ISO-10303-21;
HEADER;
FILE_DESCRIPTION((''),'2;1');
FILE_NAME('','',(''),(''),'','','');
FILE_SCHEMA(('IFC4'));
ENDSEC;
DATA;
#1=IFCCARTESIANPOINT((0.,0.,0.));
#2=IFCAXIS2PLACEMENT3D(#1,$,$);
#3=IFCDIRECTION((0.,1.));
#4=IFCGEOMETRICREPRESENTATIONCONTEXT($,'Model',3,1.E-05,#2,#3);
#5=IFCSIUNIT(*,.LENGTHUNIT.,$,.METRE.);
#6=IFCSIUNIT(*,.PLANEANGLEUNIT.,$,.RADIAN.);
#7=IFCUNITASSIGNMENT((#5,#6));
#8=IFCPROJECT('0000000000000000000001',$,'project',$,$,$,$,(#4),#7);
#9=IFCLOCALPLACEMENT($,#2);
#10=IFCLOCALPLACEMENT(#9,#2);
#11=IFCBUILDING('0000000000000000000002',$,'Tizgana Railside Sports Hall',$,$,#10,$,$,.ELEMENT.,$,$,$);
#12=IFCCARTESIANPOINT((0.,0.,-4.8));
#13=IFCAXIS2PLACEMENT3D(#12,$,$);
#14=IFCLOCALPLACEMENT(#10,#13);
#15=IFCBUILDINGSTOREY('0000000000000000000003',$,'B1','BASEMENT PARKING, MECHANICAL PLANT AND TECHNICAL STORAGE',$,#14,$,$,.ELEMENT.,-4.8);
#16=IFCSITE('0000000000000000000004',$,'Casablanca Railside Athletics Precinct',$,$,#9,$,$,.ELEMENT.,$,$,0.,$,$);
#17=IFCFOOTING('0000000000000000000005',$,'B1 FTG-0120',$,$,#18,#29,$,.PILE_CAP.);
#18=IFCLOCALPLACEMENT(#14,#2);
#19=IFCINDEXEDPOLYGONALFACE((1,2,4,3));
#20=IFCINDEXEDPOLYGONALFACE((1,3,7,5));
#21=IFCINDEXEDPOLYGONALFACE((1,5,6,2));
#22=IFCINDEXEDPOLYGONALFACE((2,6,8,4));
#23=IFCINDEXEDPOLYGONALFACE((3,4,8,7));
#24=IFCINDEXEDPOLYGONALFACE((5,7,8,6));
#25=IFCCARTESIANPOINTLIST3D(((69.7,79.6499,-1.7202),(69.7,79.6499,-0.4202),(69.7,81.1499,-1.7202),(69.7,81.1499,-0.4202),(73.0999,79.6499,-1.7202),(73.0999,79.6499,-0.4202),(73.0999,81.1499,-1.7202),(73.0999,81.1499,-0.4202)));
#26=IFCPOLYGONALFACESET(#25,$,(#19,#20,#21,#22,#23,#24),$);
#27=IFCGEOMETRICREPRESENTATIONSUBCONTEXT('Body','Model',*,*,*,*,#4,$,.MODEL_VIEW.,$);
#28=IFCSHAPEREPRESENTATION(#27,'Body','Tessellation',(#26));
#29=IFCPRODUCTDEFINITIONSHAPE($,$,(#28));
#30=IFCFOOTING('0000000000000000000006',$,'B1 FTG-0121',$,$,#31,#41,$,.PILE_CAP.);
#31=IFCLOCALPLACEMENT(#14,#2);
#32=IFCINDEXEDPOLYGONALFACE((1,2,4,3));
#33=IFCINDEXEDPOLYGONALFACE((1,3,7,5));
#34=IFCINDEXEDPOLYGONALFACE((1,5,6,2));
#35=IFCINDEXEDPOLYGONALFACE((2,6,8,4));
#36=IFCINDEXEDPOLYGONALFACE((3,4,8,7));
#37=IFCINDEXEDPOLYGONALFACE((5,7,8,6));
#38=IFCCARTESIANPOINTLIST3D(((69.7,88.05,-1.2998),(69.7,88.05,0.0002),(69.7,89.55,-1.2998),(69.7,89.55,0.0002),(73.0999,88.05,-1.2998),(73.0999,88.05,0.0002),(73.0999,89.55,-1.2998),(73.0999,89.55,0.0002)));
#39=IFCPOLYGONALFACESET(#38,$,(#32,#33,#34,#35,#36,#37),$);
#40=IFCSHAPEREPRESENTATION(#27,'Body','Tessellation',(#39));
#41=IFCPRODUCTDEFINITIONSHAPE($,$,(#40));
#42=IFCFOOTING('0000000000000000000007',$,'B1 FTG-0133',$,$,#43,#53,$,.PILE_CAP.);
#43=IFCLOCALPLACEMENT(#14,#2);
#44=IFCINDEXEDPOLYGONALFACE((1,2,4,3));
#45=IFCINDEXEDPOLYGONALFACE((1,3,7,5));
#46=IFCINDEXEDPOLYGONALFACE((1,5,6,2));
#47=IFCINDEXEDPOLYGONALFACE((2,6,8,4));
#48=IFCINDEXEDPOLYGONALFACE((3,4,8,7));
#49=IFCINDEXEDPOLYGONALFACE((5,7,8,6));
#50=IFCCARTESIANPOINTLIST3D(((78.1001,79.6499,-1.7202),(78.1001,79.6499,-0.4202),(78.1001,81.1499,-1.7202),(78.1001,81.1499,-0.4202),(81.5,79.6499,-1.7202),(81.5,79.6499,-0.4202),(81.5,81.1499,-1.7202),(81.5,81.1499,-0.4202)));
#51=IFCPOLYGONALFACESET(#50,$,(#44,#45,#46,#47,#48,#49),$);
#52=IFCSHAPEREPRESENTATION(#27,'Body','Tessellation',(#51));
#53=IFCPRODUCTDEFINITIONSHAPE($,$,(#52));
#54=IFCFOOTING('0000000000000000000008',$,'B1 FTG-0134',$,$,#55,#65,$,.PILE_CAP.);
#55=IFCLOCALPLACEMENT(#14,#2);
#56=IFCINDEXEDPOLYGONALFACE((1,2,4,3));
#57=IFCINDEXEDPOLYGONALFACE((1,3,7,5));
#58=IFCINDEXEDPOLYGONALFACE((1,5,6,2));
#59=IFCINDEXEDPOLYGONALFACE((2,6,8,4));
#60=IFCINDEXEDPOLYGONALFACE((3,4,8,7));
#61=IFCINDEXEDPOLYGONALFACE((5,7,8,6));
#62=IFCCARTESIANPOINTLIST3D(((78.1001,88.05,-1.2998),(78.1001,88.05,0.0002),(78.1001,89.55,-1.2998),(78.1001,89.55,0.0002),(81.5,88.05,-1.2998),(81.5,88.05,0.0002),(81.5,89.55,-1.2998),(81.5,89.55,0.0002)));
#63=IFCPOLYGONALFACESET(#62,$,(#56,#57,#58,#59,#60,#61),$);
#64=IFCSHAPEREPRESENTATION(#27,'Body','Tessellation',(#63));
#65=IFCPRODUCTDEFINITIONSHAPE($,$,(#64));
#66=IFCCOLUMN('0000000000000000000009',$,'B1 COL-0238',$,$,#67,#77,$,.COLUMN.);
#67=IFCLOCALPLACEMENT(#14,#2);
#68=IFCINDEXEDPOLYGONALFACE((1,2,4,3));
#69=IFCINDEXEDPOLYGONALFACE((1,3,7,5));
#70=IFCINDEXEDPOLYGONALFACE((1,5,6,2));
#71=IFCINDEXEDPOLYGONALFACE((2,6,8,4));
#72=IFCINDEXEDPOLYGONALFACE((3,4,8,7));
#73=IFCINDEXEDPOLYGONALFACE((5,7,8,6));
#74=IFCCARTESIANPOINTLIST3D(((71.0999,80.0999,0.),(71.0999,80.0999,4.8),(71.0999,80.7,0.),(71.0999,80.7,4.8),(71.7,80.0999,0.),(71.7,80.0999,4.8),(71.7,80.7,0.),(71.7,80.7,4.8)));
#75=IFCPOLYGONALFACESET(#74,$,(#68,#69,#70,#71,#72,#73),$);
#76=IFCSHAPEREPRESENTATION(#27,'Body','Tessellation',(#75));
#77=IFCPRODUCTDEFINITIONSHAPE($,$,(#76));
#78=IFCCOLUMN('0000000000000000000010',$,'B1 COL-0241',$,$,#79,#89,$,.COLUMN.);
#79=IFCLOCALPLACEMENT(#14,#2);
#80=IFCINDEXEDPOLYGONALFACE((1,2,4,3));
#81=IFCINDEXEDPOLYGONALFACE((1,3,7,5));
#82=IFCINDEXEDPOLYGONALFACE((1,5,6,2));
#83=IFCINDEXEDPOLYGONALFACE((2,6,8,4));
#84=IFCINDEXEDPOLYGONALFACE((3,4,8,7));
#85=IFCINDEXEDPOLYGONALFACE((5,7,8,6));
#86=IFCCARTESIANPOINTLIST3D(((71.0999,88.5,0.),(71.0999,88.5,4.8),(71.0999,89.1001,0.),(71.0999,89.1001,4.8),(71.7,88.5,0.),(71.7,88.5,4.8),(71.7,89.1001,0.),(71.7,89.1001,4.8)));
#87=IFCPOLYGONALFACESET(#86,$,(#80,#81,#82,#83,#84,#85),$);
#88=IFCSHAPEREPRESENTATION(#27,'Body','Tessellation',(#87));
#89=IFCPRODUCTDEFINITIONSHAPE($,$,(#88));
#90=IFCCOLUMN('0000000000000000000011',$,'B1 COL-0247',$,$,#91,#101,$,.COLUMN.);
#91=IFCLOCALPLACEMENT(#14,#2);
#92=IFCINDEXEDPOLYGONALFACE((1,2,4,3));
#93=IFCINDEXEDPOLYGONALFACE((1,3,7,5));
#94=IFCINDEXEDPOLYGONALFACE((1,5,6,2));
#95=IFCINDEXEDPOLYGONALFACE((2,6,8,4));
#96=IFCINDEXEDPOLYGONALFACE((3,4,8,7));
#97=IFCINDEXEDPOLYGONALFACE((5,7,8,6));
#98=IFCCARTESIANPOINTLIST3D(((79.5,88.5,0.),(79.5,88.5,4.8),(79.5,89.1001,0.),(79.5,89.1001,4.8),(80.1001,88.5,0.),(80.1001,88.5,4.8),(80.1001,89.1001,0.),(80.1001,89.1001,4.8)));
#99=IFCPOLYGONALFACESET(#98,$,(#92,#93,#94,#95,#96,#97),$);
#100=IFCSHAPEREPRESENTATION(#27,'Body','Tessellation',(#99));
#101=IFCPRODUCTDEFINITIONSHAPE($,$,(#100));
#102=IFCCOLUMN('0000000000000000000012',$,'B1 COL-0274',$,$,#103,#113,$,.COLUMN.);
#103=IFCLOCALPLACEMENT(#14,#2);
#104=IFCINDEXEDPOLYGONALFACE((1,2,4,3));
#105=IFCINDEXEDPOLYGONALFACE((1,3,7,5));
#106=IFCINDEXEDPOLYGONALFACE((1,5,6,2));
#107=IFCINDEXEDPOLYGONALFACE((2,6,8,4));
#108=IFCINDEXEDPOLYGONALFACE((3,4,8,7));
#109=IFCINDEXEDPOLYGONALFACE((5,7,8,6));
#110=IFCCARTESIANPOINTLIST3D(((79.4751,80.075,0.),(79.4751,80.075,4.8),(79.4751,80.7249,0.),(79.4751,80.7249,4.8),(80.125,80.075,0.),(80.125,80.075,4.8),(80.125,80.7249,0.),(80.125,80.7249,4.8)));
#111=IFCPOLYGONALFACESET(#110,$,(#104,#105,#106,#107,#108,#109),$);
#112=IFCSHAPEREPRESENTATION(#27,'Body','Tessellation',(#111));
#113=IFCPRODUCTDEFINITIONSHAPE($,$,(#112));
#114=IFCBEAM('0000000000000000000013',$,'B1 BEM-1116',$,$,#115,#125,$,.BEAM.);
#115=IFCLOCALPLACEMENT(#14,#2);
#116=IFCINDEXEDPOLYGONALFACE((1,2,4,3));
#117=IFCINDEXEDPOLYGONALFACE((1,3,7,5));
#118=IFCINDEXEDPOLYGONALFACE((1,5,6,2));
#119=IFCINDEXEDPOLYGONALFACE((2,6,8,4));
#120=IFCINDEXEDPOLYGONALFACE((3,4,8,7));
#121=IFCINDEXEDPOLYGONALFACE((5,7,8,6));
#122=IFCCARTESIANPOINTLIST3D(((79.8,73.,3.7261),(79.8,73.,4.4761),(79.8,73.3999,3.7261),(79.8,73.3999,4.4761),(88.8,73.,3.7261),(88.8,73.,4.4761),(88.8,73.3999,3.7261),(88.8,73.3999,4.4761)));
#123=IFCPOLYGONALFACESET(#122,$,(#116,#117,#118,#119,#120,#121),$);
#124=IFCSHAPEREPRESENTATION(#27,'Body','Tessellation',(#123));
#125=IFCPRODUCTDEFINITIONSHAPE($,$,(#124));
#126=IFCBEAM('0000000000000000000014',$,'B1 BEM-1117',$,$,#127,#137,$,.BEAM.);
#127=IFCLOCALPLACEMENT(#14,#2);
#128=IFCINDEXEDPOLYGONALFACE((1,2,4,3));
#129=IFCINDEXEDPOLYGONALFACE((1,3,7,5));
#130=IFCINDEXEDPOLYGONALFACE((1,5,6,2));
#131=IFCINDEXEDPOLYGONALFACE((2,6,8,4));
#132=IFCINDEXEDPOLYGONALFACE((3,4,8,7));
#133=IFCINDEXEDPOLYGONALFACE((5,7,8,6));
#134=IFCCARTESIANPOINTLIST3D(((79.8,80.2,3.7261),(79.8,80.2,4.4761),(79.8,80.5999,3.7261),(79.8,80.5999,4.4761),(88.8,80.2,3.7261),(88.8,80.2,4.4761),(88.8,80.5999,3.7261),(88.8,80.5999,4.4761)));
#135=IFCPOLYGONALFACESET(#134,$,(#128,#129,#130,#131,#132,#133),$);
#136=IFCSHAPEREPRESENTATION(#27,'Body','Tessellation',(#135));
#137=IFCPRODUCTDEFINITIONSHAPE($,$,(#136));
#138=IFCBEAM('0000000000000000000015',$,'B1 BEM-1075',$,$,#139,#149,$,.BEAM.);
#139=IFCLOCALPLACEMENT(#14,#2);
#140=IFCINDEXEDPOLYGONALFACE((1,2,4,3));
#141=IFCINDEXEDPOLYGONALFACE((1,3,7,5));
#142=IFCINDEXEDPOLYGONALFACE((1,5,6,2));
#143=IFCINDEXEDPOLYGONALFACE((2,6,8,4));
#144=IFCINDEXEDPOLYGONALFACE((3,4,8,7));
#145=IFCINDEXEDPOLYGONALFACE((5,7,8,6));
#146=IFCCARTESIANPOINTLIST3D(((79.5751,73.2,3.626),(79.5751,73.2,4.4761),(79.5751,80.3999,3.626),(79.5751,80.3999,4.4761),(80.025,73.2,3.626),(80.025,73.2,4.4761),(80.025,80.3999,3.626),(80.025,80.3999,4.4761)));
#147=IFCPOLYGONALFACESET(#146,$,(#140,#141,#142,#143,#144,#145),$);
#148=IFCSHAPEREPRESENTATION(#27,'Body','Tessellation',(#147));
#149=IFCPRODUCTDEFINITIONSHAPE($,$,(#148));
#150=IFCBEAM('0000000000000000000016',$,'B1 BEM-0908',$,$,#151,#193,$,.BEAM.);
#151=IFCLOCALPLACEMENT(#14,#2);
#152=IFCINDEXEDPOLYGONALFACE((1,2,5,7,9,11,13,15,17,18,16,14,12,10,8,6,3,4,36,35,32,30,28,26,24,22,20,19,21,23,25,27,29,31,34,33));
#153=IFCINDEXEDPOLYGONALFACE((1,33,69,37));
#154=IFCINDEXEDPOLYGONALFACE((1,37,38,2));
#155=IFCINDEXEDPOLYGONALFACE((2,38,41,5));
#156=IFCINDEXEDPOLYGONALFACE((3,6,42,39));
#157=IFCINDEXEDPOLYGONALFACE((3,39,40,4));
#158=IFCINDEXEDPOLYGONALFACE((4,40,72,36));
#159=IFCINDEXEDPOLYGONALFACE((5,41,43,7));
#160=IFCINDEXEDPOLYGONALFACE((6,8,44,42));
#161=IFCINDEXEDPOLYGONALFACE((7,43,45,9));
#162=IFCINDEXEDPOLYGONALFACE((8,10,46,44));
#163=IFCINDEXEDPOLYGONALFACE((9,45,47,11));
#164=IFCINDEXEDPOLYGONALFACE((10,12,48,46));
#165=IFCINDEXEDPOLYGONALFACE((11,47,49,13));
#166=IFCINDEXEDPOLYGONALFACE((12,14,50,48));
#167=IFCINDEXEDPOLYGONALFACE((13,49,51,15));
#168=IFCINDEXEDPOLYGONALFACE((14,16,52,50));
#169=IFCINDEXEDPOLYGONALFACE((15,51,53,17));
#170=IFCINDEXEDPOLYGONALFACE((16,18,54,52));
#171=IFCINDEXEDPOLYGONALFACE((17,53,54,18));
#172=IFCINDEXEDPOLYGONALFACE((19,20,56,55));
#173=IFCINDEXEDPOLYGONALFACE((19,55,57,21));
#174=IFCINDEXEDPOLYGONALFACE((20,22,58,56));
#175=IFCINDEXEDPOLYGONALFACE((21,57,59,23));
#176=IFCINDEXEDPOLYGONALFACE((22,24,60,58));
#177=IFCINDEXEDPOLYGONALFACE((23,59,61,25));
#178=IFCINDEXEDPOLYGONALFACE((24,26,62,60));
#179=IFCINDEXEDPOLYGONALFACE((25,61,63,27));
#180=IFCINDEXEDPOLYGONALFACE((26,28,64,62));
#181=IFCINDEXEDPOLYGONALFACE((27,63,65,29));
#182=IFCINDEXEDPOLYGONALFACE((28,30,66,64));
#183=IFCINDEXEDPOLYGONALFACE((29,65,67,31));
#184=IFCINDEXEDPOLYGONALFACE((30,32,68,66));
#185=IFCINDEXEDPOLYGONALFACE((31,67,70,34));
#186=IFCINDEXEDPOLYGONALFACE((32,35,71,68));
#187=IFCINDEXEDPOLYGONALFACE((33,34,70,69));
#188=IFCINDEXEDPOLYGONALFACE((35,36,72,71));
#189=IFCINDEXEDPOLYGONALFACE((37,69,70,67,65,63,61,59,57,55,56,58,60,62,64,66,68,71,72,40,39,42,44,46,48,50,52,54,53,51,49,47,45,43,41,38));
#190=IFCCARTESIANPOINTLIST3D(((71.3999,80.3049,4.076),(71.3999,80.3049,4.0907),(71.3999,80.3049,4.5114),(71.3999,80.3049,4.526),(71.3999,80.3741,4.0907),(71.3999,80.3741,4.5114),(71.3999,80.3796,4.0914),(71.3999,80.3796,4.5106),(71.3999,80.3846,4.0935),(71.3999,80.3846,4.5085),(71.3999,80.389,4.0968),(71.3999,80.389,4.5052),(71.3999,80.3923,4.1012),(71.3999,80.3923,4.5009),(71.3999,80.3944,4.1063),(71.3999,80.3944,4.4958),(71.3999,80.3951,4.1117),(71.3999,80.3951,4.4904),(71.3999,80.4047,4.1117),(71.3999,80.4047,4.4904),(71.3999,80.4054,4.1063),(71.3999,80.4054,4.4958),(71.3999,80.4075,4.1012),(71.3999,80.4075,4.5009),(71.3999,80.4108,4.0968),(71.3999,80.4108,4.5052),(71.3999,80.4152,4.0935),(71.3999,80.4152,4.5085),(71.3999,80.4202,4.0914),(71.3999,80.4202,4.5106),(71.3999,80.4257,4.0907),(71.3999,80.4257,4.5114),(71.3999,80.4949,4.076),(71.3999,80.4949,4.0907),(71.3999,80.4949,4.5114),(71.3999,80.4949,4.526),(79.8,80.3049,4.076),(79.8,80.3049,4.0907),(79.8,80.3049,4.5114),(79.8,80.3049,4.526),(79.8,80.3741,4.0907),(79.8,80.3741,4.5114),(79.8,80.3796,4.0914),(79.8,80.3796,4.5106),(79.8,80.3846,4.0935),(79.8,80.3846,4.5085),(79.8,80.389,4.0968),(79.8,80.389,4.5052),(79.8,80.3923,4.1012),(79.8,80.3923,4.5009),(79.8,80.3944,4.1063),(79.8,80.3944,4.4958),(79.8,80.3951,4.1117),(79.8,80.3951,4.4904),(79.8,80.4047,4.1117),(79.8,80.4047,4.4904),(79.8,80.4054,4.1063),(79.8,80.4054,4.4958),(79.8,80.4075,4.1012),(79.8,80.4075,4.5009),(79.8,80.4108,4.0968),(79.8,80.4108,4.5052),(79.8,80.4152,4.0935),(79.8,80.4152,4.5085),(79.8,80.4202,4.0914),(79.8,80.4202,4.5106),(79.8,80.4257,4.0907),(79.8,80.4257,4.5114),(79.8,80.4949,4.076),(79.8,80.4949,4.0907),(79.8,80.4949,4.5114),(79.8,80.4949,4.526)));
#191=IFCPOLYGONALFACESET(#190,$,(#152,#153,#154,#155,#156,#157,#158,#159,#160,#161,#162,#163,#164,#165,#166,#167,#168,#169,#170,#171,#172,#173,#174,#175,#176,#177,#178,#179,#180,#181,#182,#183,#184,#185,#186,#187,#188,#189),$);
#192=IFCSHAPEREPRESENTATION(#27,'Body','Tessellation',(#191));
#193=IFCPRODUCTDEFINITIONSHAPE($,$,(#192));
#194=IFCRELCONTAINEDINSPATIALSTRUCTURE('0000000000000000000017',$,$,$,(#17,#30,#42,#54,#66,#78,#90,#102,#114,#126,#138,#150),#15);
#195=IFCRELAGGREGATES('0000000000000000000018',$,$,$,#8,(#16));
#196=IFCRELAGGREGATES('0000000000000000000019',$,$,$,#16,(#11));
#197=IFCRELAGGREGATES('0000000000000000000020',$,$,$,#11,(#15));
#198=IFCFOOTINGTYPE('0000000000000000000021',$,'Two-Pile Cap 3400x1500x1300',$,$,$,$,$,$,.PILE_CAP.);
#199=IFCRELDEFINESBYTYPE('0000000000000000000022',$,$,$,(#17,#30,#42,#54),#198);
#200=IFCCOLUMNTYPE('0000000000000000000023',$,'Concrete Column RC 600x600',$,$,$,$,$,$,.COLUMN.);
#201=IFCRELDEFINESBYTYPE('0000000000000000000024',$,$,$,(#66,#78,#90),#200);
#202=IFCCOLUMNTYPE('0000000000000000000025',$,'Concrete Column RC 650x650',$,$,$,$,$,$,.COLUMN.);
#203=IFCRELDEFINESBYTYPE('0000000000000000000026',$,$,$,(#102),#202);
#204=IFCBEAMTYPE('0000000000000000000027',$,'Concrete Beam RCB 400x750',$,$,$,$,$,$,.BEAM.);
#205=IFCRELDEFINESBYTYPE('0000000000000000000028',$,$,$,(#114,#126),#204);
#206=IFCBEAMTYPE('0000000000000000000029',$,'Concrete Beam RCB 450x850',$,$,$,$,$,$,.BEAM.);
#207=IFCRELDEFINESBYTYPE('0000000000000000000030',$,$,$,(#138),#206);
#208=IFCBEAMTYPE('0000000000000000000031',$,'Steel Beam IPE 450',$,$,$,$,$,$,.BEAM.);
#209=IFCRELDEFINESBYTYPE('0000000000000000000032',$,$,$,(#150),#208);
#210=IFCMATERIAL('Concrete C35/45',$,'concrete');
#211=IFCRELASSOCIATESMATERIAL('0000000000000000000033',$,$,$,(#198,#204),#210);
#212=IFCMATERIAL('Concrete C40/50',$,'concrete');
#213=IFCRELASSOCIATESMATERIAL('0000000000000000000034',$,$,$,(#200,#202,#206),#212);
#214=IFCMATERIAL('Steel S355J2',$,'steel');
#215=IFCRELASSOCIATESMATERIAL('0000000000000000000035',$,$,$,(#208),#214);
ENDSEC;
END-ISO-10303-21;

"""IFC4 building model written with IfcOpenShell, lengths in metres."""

from ifc_helpers import new_model, si_unit, direction, frame, origin, origin_2d, place, context, subcontext, project, spatial, rectangle, i_section, extrude, material, material_profile, profile_set, type_object, element, save


model = new_model("IFC4")

# Units and contexts
model_context = context("Model", 3, precision=1e-05, world=origin(), true_north=direction((0.0, 1.0)))
body_context = subcontext(model_context, "Body", "Model", "MODEL_VIEW")
ifc_project = project(units=[si_unit("LENGTHUNIT", "METRE"), si_unit("PLANEANGLEUNIT", "RADIAN")], contexts=[model_context])

# Site, building, storey
site_placement = place(None, origin())
site = spatial("IfcSite", under=ifc_project, at=site_placement, Name="Casablanca Railside Athletics Precinct", CompositionType="ELEMENT", RefElevation=0.0)
building_placement = place(site_placement, origin())
building = spatial("IfcBuilding", under=site, at=building_placement, Name="Tizgana Railside Sports Hall", CompositionType="ELEMENT")
storey_placement = place(building_placement, frame((0.0, 0.0, -4.8)))
storey = spatial("IfcBuildingStorey", under=building, at=storey_placement, Name="B1", Description="BASEMENT PARKING, MECHANICAL PLANT AND TECHNICAL STORAGE", CompositionType="ELEMENT", Elevation=-4.8)

# Shared definitions
ifc_material_1 = material(Name="Concrete C35/45", Category="concrete")

# Footings
footing_type_1 = type_object("IfcFootingType", Name="Two-Pile Cap 3400x1500x1300", PredefinedType="PILE_CAP", material=ifc_material_1)
for number, where, z_axis, x_axis, name in (
    (1, (71.3999, 80.3999, -1.7202), (0.0, 0.0, 1.0), (1.0, 0.0, 0.0), "B1 FTG-0120"),
    (2, (71.3999, 88.8, -1.2998), (0.0, 0.0, 1.0), (1.0, 0.0, 0.0), "B1 FTG-0121"),
    (3, (79.8, 80.3999, -1.7202), (0.0, 0.0, 1.0), (1.0, 0.0, 0.0), "B1 FTG-0133"),
    (4, (79.8, 88.8, -1.2998), (0.0, 0.0, 1.0), (1.0, 0.0, 0.0), "B1 FTG-0134"),
):
    element("IfcFooting", number, at=place(storey_placement, frame(where, z_axis=z_axis, x_axis=x_axis)), inside=storey, type_object=footing_type_1, Name=name, PredefinedType="PILE_CAP", context=body_context, shape_type="SweptSolid", body=[
        extrude(rectangle(XDim=3.3999, YDim=1.5, at=origin_2d()), origin(), (0.0, 0.0, 1.0), 1.3),
    ])

# Columns
ifc_material_2 = material(Name="Concrete C40/50", Category="concrete")
ifc_material_profile_1 = material_profile(ifc_material_2, rectangle(XDim=0.6001, YDim=0.6001, at=origin_2d()), Name="RC 600x600")
ifc_profile_set_1 = profile_set([ifc_material_profile_1], Name="Concrete C40/50")
column_type_1 = type_object("IfcColumnType", Name="Concrete Column RC 600x600", PredefinedType="COLUMN", material=ifc_profile_set_1)
for number, where, z_axis, x_axis, name in (
    (5, (71.3999, 80.3999, 0.0), (0.0, 0.0, 1.0), (1.0, 0.0, 0.0), "B1 COL-0238"),
    (6, (71.3999, 88.8, 0.0), (0.0, 0.0, 1.0), (1.0, 0.0, 0.0), "B1 COL-0241"),
    (7, (79.8, 88.8, 0.0), (0.0, 0.0, 1.0), (1.0, 0.0, 0.0), "B1 COL-0247"),
):
    element("IfcColumn", number, at=place(storey_placement, frame(where, z_axis=z_axis, x_axis=x_axis)), inside=storey, type_object=column_type_1, Name=name, PredefinedType="COLUMN", context=body_context, shape_type="SweptSolid", body=[
        extrude(rectangle(XDim=0.6001, YDim=0.6001, at=origin_2d()), origin(), (0.0, 0.0, 1.0), 4.8),
    ])
ifc_material_profile_2 = material_profile(ifc_material_2, rectangle(XDim=0.6499, YDim=0.6499, at=origin_2d()), Name="RC 650x650")
ifc_profile_set_2 = profile_set([ifc_material_profile_2], Name="Concrete C40/50")
column_type_2 = type_object("IfcColumnType", Name="Concrete Column RC 650x650", PredefinedType="COLUMN", material=ifc_profile_set_2)
column_placement = place(storey_placement, frame((79.8, 80.3999, 0.0), z_axis=(0.0, 0.0, 1.0), x_axis=(1.0, 0.0, 0.0)))
element("IfcColumn", 8, at=column_placement, inside=storey, type_object=column_type_2, Name="B1 COL-0274", PredefinedType="COLUMN", context=body_context, shape_type="SweptSolid", body=[
    extrude(rectangle(XDim=0.6499, YDim=0.6499, at=origin_2d()), origin(), (0.0, 0.0, 1.0), 4.8),
])

# Beams
ifc_material_profile_3 = material_profile(ifc_material_1, rectangle(XDim=0.3999, YDim=0.75, at=origin_2d()), Name="RCB 400x750")
ifc_profile_set_3 = profile_set([ifc_material_profile_3], Name="Concrete C35/45")
beam_type_1 = type_object("IfcBeamType", Name="Concrete Beam RCB 400x750", PredefinedType="BEAM", material=ifc_profile_set_3)
for number, where, z_axis, x_axis, name in (
    (9, (79.8, 73.2, 4.1011), (1.0, 0.0, 0.0), (0.0, 1.0, 0.0), "B1 BEM-1116"),
    (10, (79.8, 80.3999, 4.1011), (1.0, 0.0, 0.0), (0.0, 1.0, 0.0), "B1 BEM-1117"),
):
    element("IfcBeam", number, at=place(storey_placement, frame(where, z_axis=z_axis, x_axis=x_axis)), inside=storey, type_object=beam_type_1, Name=name, PredefinedType="BEAM", context=body_context, shape_type="SweptSolid", body=[
        extrude(rectangle(XDim=0.3999, YDim=0.75, at=origin_2d()), origin(), (0.0, 0.0, 1.0), 9.0),
    ])
ifc_material_profile_4 = material_profile(ifc_material_2, rectangle(XDim=0.45, YDim=0.8501, at=origin_2d()), Name="RCB 450x850")
ifc_profile_set_4 = profile_set([ifc_material_profile_4], Name="Concrete C40/50")
beam_type_2 = type_object("IfcBeamType", Name="Concrete Beam RCB 450x850", PredefinedType="BEAM", material=ifc_profile_set_4)
beam_1_placement = place(storey_placement, frame((79.8, 73.2, 4.051), z_axis=(0.0, 1.0, 0.0), x_axis=(-1.0, 0.0, 0.0)))
element("IfcBeam", 11, at=beam_1_placement, inside=storey, type_object=beam_type_2, Name="B1 BEM-1075", PredefinedType="BEAM", context=body_context, shape_type="SweptSolid", body=[
    extrude(rectangle(XDim=0.45, YDim=0.8501, at=origin_2d()), origin(), (0.0, 0.0, 1.0), 7.2),
])
ifc_material_3 = material(Name="Steel S355J2", Category="steel")
ifc_material_profile_5 = material_profile(ifc_material_3, i_section(OverallWidth=0.1899, OverallDepth=0.45, WebThickness=0.0095, FlangeThickness=0.0146, FilletRadius=0.021, at=origin_2d()), Name="IPE 450")
ifc_profile_set_5 = profile_set([ifc_material_profile_5], Name="Steel S355J2")
beam_type_3 = type_object("IfcBeamType", Name="Steel Beam IPE 450", PredefinedType="BEAM", material=ifc_profile_set_5)
for number, where, z_axis, x_axis, name in (
    (12, (71.3999, 80.3999, 4.301), (1.0, 0.0, 0.0), (0.0, 1.0, 0.0), "B1 BEM-0908"),
):
    element("IfcBeam", number, at=place(storey_placement, frame(where, z_axis=z_axis, x_axis=x_axis)), inside=storey, type_object=beam_type_3, Name=name, PredefinedType="BEAM", context=body_context, shape_type="SweptSolid", body=[
        extrude(i_section(OverallWidth=0.1899, OverallDepth=0.45, WebThickness=0.0095, FlangeThickness=0.0146, FilletRadius=0.021, at=origin_2d()), origin(), (0.0, 0.0, 1.0), 8.4001),
    ])

save(model, "model.ifc")
